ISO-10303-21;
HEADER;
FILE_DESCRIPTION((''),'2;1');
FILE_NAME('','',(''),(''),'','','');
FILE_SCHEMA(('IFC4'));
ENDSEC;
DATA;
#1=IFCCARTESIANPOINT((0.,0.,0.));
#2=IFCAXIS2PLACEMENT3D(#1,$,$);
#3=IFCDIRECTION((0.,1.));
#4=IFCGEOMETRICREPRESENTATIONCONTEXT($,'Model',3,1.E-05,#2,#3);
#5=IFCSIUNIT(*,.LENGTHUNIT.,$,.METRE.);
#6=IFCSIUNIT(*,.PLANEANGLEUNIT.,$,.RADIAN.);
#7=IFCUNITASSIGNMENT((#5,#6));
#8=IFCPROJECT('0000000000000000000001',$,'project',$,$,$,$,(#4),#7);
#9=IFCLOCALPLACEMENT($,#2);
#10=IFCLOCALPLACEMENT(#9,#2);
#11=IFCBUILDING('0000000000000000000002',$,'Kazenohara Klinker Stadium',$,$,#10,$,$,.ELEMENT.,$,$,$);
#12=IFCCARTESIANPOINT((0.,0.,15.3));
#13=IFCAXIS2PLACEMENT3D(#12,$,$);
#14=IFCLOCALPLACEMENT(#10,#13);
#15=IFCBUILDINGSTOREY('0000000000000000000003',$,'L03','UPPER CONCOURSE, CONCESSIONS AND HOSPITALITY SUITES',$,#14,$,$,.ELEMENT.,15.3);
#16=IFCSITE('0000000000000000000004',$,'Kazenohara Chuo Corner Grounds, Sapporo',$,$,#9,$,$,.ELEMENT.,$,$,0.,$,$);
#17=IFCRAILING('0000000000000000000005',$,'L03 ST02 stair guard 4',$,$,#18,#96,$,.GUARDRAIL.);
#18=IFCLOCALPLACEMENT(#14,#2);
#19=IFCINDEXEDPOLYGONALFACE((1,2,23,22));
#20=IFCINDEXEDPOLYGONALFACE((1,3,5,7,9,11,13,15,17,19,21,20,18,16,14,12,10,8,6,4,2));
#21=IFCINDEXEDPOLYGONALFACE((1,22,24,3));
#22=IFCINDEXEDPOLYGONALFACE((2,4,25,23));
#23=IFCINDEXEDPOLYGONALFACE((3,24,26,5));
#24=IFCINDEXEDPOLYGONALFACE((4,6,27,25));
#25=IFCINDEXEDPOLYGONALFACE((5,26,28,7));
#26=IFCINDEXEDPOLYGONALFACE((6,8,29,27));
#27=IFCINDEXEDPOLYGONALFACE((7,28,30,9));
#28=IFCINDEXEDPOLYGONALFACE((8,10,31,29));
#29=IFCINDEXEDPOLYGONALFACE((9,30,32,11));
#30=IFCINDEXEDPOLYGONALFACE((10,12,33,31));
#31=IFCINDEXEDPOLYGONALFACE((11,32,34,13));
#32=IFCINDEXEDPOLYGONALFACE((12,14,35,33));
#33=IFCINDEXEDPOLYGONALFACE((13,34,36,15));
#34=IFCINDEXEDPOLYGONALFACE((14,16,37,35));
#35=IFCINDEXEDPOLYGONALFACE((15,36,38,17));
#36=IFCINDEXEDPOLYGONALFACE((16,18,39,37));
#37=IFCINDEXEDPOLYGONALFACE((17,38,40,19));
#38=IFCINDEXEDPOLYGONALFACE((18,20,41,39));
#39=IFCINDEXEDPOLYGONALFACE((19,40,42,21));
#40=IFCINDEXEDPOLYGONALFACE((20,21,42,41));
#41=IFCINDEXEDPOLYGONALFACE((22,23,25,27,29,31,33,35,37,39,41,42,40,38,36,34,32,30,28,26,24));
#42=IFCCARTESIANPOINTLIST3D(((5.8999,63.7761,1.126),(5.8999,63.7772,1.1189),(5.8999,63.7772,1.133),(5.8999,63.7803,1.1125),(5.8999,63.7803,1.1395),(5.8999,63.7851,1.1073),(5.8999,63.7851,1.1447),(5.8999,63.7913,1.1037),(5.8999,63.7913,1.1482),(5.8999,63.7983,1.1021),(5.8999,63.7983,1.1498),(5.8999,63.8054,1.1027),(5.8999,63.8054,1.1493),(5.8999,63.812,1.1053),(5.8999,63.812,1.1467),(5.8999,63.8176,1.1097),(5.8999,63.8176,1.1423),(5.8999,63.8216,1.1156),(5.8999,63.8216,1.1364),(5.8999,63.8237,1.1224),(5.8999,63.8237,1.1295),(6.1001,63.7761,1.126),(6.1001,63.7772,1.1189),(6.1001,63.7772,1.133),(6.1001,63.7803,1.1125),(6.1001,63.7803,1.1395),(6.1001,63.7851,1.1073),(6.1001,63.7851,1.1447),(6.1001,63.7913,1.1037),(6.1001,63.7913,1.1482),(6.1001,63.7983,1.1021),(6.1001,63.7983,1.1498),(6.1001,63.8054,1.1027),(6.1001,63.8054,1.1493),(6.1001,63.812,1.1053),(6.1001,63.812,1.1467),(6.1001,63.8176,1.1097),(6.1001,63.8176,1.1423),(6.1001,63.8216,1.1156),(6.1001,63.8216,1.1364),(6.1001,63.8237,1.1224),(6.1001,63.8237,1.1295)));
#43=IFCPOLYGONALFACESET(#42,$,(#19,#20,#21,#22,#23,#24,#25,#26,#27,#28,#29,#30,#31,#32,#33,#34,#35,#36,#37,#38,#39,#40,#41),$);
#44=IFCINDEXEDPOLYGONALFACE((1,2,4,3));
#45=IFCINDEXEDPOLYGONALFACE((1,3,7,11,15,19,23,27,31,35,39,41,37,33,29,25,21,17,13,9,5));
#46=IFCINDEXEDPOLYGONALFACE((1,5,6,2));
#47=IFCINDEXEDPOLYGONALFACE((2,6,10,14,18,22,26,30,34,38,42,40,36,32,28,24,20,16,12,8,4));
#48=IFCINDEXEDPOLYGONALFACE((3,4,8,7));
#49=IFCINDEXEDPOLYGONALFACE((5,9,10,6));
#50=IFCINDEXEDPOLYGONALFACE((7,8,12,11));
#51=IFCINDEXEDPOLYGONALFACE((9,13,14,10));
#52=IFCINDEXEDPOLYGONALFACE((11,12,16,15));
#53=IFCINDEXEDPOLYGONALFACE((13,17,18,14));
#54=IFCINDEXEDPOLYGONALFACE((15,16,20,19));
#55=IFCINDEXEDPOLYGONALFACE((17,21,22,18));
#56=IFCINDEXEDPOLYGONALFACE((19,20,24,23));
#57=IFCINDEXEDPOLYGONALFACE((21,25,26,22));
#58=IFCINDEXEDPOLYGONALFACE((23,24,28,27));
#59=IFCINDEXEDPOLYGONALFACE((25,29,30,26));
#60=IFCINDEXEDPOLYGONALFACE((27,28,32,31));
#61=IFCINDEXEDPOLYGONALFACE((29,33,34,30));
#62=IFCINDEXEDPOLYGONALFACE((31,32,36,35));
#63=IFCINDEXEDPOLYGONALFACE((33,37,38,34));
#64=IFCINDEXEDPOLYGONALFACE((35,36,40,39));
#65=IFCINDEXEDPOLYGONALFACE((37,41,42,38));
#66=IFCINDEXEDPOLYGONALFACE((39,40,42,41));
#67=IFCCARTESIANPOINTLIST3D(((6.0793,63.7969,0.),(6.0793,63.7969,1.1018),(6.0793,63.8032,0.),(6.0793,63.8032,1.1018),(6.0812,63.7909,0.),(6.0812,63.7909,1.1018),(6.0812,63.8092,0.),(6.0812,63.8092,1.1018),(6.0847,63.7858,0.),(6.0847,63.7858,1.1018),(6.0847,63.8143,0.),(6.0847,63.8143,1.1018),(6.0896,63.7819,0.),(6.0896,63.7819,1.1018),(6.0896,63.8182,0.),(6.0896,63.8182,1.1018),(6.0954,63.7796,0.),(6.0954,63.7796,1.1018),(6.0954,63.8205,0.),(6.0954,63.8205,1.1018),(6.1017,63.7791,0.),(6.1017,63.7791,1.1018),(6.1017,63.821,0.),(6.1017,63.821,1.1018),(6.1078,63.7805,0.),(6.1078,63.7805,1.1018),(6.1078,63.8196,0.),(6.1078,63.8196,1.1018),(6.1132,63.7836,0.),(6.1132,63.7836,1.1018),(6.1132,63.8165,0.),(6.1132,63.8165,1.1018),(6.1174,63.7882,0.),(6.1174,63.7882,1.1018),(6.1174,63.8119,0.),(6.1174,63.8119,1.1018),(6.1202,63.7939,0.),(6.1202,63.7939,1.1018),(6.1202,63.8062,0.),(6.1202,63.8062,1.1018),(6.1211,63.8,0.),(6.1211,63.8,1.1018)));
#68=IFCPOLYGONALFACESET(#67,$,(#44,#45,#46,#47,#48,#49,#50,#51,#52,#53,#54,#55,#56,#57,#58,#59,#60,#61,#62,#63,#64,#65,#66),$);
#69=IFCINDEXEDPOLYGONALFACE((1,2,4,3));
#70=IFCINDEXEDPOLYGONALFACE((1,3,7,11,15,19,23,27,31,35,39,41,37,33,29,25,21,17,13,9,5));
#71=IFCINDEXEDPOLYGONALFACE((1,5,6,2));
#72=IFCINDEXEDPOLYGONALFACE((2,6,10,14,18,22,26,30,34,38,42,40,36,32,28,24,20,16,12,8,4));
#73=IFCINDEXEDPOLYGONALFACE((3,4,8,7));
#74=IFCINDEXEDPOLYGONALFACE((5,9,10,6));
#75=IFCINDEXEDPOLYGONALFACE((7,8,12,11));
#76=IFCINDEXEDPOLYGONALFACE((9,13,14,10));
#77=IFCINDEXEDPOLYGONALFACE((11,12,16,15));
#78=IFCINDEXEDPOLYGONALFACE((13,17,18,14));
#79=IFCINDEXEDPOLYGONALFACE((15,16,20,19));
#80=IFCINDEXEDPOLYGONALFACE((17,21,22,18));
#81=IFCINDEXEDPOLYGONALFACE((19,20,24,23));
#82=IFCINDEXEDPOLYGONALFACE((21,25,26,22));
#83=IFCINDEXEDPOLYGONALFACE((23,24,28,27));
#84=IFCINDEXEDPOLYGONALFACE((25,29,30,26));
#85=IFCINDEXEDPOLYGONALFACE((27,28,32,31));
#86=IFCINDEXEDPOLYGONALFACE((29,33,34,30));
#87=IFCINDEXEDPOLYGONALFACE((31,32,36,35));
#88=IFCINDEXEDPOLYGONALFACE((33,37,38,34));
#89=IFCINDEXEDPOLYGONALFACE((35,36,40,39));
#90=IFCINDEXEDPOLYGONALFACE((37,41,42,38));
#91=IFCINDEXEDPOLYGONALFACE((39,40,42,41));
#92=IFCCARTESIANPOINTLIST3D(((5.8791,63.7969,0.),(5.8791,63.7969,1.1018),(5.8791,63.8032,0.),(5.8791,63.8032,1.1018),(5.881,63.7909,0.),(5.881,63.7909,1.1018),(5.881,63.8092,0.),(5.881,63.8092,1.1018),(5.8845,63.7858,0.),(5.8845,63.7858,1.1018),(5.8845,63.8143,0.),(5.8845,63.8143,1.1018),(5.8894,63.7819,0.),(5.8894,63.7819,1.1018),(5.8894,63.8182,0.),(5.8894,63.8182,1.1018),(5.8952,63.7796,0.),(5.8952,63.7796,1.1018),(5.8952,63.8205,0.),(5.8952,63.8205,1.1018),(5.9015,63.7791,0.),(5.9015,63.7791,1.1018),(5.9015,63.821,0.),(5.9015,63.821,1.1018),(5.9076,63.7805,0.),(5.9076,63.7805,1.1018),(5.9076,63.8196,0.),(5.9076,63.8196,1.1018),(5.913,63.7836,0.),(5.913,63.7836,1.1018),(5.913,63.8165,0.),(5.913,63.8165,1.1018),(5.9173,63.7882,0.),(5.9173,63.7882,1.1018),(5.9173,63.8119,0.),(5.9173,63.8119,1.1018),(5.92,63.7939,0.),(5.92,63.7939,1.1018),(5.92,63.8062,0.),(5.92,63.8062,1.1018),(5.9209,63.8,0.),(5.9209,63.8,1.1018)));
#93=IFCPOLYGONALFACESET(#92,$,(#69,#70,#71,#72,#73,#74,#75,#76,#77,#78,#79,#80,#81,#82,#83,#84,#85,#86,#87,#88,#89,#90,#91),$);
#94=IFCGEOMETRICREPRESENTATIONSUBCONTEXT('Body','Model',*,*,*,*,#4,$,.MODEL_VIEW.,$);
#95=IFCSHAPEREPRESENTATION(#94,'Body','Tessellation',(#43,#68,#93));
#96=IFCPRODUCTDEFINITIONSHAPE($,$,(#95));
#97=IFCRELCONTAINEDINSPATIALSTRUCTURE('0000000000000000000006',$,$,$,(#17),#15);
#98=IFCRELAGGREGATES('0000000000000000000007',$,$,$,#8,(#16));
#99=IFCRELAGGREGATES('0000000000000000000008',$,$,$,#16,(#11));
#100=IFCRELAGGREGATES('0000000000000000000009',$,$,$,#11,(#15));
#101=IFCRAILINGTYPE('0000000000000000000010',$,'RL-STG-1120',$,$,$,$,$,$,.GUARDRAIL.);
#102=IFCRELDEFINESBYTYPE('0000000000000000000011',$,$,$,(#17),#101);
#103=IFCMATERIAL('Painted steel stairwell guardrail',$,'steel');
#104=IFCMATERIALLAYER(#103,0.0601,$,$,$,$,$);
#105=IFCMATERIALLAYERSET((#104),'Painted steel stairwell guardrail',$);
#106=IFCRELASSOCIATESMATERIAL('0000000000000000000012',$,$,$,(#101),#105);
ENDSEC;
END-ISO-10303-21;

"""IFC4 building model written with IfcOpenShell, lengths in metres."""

from ifc_helpers import new_model, si_unit, direction, frame, origin, origin_2d, place, context, subcontext, project, spatial, circle, extrude, material, layer, layer_set, type_object, element, save


model = new_model("IFC4")

# Units and contexts
model_context = context("Model", 3, precision=1e-05, world=origin(), true_north=direction((0.0, 1.0)))
body_context = subcontext(model_context, "Body", "Model", "MODEL_VIEW")
ifc_project = project(units=[si_unit("LENGTHUNIT", "METRE"), si_unit("PLANEANGLEUNIT", "RADIAN")], contexts=[model_context])

# Site, building, storey
site_placement = place(None, origin())
site = spatial("IfcSite", under=ifc_project, at=site_placement, Name="Kazenohara Chuo Corner Grounds, Sapporo", CompositionType="ELEMENT", RefElevation=0.0)
building_placement = place(site_placement, origin())
building = spatial("IfcBuilding", under=site, at=building_placement, Name="Kazenohara Klinker Stadium", CompositionType="ELEMENT")
storey_placement = place(building_placement, frame((0.0, 0.0, 15.3)))
storey = spatial("IfcBuildingStorey", under=building, at=storey_placement, Name="L03", Description="UPPER CONCOURSE, CONCESSIONS AND HOSPITALITY SUITES", CompositionType="ELEMENT", Elevation=15.3)

# Railing
ifc_material_1 = material(Name="Painted steel stairwell guardrail", Category="steel")
ifc_layer_1 = layer(ifc_material_1, 0.0601)
ifc_layer_set_1 = layer_set([ifc_layer_1], Name="Painted steel stairwell guardrail")
railing_type_1 = type_object("IfcRailingType", Name="RL-STG-1120", PredefinedType="GUARDRAIL", material=ifc_layer_set_1)
railing_1_placement = place(storey_placement, frame((6.1001, 63.8, 0.0)))
element("IfcRailing", 1, at=railing_1_placement, inside=storey, type_object=railing_type_1, Name="L03 ST02 stair guard 4", PredefinedType="GUARDRAIL", context=body_context, shape_type="SweptSolid", body=[
    extrude(circle(Radius=0.0239, at=origin_2d()), frame((0.0, 0.0, 1.126), z_axis=(-1.0, 0.0, 0.0), x_axis=(0.0, -1.0, 0.0)), (0.0, 0.0, 1.0), 0.2002),
    extrude(circle(Radius=0.021, at=origin_2d()), origin(), (0.0, 0.0, 1.0), 1.1018),
    extrude(circle(Radius=0.021, at=origin_2d()), frame((-0.2002, 0.0, 0.0)), (0.0, 0.0, 1.0), 1.1018),
])

save(model, "model.ifc")
